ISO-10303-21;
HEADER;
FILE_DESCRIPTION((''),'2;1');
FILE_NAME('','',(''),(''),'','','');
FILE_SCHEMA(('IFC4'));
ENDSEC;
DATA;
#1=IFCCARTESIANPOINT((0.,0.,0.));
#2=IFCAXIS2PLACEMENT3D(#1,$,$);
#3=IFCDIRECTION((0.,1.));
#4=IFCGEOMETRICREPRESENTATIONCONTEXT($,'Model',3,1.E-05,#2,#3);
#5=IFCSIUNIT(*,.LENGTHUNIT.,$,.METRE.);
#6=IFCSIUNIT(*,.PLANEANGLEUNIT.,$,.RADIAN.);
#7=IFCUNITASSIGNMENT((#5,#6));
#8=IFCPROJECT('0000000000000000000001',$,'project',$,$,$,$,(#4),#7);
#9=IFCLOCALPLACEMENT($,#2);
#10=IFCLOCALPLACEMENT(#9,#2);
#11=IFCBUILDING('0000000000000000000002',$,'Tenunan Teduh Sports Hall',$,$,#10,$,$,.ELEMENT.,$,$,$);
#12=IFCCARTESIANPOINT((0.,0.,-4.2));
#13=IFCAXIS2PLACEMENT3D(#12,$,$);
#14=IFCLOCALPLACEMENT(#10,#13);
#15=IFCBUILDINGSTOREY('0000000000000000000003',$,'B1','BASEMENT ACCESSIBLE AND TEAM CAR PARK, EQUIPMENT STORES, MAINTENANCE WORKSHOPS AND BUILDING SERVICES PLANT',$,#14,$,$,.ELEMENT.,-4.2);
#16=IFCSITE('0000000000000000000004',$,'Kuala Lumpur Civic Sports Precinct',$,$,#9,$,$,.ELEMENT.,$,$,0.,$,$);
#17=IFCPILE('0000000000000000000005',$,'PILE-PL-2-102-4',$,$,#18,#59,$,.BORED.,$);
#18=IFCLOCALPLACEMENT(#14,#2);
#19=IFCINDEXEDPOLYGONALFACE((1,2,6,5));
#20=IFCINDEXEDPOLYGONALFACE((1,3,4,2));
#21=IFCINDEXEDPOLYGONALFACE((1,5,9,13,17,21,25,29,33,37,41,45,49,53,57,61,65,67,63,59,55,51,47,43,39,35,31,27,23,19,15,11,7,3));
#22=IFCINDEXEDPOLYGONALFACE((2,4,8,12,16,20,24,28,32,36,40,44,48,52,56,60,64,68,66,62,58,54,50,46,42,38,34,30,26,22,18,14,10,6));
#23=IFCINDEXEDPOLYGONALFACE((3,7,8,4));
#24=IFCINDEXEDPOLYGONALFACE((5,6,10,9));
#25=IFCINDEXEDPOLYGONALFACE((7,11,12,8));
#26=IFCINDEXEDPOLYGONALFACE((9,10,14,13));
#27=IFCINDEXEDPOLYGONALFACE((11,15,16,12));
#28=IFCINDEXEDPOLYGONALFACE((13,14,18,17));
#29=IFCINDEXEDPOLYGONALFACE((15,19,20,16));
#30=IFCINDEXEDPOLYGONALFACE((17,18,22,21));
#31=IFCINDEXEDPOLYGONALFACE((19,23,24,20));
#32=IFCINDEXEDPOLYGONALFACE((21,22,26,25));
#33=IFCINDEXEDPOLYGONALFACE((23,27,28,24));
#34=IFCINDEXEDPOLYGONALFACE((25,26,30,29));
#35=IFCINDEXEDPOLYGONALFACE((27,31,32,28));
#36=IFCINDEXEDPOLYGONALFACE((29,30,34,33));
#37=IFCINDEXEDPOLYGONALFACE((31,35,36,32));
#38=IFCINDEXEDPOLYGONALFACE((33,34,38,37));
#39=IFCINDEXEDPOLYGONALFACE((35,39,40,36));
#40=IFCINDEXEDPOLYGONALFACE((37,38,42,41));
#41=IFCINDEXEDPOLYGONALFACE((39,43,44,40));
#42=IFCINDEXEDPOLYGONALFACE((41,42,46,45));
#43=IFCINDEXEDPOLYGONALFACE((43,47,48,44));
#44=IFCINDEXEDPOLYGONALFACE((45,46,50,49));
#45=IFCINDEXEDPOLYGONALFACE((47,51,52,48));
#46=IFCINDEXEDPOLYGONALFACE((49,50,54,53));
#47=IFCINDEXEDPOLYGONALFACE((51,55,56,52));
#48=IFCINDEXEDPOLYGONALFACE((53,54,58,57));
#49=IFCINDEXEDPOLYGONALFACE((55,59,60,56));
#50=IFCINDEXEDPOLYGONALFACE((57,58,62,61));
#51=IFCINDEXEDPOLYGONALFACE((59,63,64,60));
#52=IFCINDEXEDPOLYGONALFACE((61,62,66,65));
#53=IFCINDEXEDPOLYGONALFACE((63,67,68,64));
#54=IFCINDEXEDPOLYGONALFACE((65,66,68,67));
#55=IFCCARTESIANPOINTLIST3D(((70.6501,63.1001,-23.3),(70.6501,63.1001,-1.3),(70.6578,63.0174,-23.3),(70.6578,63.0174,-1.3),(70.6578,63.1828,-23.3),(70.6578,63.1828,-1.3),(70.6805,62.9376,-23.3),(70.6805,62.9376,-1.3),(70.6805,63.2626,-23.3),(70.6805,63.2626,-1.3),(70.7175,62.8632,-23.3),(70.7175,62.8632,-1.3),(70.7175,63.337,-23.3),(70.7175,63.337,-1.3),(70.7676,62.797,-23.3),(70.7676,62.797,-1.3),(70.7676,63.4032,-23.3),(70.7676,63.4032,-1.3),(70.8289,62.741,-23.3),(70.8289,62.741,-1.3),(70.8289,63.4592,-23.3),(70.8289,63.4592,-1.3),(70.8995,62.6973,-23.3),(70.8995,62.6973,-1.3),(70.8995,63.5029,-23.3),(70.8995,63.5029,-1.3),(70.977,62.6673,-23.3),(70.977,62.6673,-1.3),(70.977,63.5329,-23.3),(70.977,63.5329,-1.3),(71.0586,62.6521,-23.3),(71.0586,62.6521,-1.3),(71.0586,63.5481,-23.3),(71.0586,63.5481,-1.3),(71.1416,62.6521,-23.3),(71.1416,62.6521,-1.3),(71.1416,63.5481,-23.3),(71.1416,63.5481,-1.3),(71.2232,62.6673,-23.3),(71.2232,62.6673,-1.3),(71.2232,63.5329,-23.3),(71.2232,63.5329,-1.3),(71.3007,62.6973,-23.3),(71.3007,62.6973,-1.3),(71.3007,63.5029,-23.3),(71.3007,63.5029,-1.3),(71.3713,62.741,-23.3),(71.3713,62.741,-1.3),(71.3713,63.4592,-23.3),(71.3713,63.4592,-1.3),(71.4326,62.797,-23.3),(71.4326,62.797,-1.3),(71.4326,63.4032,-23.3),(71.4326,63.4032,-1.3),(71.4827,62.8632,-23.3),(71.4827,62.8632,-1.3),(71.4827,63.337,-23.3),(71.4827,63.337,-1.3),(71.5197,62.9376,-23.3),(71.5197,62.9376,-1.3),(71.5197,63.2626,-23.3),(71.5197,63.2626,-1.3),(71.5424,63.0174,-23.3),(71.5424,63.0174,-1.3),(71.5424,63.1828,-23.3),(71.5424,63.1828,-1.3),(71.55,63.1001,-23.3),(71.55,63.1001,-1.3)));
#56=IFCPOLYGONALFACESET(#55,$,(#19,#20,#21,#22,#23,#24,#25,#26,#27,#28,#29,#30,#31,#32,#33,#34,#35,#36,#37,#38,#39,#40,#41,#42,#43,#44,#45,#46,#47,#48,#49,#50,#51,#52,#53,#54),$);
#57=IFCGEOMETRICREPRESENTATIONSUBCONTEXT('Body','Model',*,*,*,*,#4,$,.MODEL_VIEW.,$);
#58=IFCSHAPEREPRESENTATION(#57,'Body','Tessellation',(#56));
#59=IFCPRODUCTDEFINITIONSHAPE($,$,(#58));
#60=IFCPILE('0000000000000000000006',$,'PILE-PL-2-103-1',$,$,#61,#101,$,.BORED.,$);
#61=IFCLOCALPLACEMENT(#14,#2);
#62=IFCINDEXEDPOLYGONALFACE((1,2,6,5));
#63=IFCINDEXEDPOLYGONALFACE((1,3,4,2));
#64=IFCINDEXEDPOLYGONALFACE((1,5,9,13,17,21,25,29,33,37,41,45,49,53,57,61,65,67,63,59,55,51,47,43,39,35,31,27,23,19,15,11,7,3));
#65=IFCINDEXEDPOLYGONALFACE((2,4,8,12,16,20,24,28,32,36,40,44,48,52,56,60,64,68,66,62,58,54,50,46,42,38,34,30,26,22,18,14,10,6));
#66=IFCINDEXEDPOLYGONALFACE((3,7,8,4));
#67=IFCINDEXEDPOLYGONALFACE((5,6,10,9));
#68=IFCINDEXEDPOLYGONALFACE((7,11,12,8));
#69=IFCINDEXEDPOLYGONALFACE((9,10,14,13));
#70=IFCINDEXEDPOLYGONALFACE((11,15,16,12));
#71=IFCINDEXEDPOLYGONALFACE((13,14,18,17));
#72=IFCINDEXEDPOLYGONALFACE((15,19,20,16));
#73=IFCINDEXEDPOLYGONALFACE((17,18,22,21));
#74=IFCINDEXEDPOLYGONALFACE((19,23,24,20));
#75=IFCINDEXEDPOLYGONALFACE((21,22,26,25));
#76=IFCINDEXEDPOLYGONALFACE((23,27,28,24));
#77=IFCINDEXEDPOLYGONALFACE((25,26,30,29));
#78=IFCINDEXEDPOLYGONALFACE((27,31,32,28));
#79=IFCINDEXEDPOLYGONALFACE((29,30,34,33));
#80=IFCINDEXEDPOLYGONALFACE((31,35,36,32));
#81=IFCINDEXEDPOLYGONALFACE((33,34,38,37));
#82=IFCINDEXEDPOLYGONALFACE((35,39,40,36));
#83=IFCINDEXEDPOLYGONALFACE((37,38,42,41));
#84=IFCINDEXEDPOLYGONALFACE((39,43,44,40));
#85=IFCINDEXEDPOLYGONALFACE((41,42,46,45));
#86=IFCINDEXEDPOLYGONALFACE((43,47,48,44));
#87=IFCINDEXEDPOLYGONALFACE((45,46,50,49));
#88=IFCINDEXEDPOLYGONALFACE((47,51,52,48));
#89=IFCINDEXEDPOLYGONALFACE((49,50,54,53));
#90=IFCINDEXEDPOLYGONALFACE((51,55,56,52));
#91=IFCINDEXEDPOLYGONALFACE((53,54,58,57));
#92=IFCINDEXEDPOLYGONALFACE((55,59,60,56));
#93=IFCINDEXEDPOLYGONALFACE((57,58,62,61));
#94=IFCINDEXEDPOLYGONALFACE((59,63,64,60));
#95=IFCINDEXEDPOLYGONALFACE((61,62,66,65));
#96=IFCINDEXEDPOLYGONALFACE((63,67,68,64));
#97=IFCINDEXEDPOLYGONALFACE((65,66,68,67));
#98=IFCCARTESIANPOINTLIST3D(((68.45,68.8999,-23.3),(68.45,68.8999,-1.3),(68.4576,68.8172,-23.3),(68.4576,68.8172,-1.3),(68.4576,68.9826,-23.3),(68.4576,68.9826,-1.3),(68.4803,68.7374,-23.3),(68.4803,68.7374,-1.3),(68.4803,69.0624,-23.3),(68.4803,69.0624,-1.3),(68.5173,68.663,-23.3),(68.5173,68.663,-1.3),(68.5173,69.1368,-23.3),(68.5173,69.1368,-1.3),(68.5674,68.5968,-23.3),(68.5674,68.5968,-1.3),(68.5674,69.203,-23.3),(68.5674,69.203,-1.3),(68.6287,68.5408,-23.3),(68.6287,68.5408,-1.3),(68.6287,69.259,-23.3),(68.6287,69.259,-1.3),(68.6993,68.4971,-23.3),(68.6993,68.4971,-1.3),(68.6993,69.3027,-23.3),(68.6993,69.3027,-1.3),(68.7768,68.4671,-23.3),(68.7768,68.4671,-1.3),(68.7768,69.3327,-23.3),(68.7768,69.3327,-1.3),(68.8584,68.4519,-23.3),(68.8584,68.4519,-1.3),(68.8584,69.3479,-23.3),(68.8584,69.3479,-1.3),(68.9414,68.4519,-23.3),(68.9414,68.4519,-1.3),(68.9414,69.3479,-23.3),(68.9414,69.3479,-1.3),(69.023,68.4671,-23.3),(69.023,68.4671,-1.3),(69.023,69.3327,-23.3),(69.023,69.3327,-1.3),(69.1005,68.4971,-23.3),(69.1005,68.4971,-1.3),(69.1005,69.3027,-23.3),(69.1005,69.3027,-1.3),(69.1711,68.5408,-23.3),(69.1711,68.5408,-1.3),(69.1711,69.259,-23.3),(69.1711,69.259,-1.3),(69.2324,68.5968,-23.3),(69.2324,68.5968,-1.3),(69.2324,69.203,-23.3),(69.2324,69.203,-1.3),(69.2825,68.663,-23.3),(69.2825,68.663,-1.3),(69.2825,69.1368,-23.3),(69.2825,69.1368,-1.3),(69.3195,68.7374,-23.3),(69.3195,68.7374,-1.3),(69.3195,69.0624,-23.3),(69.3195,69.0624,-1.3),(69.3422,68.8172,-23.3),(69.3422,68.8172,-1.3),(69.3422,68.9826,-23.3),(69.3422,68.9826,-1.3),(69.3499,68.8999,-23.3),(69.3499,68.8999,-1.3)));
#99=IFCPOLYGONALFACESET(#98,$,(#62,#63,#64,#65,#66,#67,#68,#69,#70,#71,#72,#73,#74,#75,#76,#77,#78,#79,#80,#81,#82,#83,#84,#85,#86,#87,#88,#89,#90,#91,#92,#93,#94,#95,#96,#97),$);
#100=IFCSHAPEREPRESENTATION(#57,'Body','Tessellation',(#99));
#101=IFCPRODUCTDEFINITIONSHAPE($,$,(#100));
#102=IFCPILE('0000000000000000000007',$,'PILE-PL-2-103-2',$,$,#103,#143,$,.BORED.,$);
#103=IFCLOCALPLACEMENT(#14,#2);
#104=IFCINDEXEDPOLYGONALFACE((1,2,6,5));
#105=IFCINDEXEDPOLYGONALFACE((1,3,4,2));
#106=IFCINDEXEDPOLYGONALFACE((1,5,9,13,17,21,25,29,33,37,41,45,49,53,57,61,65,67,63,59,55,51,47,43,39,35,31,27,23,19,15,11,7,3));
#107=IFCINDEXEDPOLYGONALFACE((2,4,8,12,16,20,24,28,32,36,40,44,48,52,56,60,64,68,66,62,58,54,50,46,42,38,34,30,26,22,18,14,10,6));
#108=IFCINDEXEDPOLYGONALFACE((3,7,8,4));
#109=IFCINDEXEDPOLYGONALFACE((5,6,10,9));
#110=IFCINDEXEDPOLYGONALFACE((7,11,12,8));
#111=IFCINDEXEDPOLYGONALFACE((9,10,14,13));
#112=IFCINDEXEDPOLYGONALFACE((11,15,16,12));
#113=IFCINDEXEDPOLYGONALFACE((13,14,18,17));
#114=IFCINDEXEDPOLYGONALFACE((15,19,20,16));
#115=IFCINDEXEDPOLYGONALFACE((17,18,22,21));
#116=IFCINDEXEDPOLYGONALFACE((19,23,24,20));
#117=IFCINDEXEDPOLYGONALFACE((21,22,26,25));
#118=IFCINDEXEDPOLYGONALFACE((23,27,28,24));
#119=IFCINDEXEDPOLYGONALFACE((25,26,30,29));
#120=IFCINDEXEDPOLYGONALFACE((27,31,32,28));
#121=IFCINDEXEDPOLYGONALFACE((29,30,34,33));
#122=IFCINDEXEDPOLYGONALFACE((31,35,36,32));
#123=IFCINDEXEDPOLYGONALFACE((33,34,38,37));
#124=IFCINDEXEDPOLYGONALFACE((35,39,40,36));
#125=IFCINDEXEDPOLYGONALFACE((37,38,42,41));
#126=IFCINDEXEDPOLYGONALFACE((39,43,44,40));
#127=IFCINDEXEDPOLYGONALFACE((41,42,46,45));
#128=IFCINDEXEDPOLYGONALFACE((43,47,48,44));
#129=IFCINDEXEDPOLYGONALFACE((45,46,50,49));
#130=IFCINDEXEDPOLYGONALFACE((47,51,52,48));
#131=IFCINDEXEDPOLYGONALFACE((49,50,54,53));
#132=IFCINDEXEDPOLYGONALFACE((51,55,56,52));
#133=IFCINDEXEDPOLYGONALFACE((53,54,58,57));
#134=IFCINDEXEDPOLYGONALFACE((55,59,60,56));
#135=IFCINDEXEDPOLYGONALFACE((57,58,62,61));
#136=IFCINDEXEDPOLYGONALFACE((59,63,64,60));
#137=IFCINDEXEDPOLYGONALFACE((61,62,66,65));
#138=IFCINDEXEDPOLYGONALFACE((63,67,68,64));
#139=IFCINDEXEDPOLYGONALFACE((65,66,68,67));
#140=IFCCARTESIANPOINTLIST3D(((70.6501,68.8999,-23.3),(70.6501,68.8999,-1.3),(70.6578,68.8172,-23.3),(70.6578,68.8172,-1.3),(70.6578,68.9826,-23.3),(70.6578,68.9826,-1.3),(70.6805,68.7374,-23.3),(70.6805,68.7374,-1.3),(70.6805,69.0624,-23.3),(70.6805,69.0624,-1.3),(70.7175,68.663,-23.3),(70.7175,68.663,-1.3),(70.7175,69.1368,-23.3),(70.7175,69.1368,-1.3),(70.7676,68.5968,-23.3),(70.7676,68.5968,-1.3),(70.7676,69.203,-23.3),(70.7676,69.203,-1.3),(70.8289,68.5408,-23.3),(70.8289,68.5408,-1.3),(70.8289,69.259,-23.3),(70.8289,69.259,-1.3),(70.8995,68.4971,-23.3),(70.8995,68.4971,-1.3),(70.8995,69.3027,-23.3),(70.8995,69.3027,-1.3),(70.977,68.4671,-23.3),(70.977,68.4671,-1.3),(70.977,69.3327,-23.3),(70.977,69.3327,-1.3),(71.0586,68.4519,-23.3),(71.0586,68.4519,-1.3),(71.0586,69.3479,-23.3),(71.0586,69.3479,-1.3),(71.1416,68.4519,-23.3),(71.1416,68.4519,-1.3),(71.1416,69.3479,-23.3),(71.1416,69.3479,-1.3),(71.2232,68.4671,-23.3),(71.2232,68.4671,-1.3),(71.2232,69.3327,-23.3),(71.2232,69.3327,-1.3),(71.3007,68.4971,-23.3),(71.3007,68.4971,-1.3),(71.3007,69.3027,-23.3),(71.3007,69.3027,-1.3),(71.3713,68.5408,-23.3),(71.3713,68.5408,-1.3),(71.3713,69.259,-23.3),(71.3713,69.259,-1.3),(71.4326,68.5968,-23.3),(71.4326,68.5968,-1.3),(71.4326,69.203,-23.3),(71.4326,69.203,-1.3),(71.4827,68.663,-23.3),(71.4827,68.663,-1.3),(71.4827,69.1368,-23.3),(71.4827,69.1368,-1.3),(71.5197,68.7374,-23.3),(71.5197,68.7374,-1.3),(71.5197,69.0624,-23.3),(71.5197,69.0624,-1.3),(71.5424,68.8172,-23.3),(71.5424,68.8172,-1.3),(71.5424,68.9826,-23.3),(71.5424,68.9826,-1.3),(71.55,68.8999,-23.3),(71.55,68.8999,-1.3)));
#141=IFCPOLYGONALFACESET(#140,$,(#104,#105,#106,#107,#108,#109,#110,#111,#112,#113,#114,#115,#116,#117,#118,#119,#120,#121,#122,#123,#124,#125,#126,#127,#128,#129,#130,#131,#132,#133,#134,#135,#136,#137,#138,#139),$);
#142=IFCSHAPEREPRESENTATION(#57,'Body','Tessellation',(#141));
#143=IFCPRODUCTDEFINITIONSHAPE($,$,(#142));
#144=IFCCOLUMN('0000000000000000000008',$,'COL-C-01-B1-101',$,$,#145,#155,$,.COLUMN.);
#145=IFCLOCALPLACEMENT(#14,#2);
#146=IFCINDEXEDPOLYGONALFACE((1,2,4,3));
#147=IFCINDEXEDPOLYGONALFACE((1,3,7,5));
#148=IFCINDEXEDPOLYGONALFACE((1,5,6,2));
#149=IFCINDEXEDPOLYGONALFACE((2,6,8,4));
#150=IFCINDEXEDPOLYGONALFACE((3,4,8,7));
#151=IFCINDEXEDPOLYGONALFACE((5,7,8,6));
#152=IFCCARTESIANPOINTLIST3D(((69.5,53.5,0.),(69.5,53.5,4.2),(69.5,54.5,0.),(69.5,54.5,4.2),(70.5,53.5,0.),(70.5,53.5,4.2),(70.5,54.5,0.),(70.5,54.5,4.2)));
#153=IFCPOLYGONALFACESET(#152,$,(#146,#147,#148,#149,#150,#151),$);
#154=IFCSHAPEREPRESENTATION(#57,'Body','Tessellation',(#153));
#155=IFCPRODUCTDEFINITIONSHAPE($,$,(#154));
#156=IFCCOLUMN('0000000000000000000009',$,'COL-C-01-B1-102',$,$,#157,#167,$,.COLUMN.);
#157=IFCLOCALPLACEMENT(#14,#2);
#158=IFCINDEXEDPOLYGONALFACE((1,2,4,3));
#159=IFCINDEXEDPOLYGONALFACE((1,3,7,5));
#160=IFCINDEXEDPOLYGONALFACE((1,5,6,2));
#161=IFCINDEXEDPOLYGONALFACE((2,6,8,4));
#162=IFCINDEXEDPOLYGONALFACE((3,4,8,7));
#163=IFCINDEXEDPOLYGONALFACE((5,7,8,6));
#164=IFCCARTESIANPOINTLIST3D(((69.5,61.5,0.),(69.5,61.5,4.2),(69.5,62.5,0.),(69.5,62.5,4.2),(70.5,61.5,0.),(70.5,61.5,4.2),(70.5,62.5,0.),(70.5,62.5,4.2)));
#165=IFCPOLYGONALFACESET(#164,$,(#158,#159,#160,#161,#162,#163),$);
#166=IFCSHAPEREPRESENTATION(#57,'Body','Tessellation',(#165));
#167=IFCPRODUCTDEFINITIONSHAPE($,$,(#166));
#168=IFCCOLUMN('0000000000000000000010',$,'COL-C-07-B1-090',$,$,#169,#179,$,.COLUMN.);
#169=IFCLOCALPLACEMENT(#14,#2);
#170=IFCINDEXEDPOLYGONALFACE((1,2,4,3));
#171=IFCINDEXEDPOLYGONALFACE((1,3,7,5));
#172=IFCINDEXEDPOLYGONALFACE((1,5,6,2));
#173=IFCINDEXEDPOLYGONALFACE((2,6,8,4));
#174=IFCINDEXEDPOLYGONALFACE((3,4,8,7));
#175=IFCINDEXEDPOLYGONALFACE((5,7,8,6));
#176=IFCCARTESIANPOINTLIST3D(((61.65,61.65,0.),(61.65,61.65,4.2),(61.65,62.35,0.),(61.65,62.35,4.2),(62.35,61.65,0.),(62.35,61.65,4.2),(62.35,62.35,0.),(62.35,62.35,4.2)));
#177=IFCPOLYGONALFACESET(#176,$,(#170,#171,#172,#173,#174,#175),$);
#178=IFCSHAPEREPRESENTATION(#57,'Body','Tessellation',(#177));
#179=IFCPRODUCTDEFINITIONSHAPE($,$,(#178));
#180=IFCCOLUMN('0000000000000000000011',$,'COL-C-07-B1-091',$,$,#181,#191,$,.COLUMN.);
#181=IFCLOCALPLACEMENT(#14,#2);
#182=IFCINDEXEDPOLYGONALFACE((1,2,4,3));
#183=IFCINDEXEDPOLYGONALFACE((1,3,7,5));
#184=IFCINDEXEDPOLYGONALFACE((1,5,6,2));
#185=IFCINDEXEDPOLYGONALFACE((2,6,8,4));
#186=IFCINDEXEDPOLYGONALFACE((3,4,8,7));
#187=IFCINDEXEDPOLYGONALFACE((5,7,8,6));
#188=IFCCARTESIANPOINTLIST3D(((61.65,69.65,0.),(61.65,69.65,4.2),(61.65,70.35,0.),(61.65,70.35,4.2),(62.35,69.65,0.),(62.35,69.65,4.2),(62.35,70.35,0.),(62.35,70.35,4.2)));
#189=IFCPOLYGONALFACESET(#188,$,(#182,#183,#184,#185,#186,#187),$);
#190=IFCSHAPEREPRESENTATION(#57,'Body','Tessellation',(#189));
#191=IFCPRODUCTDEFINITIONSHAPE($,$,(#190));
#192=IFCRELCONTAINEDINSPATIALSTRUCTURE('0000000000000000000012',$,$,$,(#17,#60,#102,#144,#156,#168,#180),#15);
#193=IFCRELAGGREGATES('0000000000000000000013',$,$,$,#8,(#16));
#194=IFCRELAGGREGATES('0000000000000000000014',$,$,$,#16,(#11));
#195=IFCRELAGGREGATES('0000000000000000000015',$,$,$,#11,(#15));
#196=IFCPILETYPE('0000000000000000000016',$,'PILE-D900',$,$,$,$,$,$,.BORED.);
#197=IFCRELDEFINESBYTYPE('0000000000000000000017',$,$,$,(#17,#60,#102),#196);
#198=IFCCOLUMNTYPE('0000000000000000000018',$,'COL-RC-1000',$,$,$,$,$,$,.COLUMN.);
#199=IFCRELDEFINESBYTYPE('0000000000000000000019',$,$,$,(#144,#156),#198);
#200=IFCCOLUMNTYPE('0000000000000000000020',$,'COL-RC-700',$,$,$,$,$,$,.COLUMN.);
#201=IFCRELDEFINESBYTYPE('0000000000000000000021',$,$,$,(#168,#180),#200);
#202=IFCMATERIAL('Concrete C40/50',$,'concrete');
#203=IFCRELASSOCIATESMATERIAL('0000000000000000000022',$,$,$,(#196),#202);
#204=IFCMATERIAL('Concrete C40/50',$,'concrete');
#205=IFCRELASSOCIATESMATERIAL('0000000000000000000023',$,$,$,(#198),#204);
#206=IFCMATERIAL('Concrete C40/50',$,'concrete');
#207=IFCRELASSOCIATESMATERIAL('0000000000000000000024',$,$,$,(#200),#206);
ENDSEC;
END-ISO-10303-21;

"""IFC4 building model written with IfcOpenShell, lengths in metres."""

from ifc_helpers import new_model, si_unit, direction, frame, origin, origin_2d, place, context, subcontext, project, spatial, rectangle, circle, extrude, material, material_profile, profile_set, type_object, element, save


model = new_model("IFC4")

# Units and contexts
model_context = context("Model", 3, precision=1e-05, world=origin(), true_north=direction((0.0, 1.0)))
body_context = subcontext(model_context, "Body", "Model", "MODEL_VIEW")
ifc_project = project(units=[si_unit("LENGTHUNIT", "METRE"), si_unit("PLANEANGLEUNIT", "RADIAN")], contexts=[model_context])

# Site, building, storey
site_placement = place(None, origin())
site = spatial("IfcSite", under=ifc_project, at=site_placement, Name="Kuala Lumpur Civic Sports Precinct", CompositionType="ELEMENT", RefElevation=0.0)
building_placement = place(site_placement, origin())
building = spatial("IfcBuilding", under=site, at=building_placement, Name="Tenunan Teduh Sports Hall", CompositionType="ELEMENT")
storey_placement = place(building_placement, frame((0.0, 0.0, -4.2)))
storey = spatial("IfcBuildingStorey", under=building, at=storey_placement, Name="B1", Description="BASEMENT ACCESSIBLE AND TEAM CAR PARK, EQUIPMENT STORES, MAINTENANCE WORKSHOPS AND BUILDING SERVICES PLANT", CompositionType="ELEMENT", Elevation=-4.2)

# Piles
ifc_material_1 = material(Name="Concrete C40/50", Category="concrete")
ifc_material_profile_1 = material_profile(ifc_material_1, circle(Radius=0.45, at=origin_2d()), Name="PILE D900")
ifc_profile_set_1 = profile_set([ifc_material_profile_1], Name="Concrete C40/50")
pile_type = type_object("IfcPileType", Name="PILE-D900", PredefinedType="BORED", material=ifc_profile_set_1)
for number, where, z_axis, x_axis, name in (
    (1, (71.1001, 63.1001, -1.3), (0.0, 0.0, -1.0), (1.0, 0.0, 0.0), "PILE-PL-2-102-4"),
    (2, (68.8999, 68.8999, -1.3), (0.0, 0.0, -1.0), (1.0, 0.0, 0.0), "PILE-PL-2-103-1"),
    (3, (71.1001, 68.8999, -1.3), (0.0, 0.0, -1.0), (1.0, 0.0, 0.0), "PILE-PL-2-103-2"),
):
    element("IfcPile", number, at=place(storey_placement, frame(where, z_axis=z_axis, x_axis=x_axis)), inside=storey, type_object=pile_type, Name=name, PredefinedType="BORED", context=body_context, shape_type="SweptSolid", body=[
        extrude(circle(Radius=0.45, at=origin_2d()), origin(), (0.0, 0.0, 1.0), 22.0),
    ])

# Columns
ifc_material_2 = material(Name="Concrete C40/50", Category="concrete")
ifc_material_profile_2 = material_profile(ifc_material_2, rectangle(XDim=1.0, YDim=1.0, at=origin_2d()), Name="RC 1000x1000")
ifc_profile_set_2 = profile_set([ifc_material_profile_2], Name="Concrete C40/50")
column_type_1 = type_object("IfcColumnType", Name="COL-RC-1000", PredefinedType="COLUMN", material=ifc_profile_set_2)
for number, where, z_axis, x_axis, name in (
    (4, (70.0, 54.0, 0.0), (0.0, 0.0, 1.0), (1.0, 0.0, 0.0), "COL-C-01-B1-101"),
    (5, (70.0, 62.0, 0.0), (0.0, 0.0, 1.0), (1.0, 0.0, 0.0), "COL-C-01-B1-102"),
):
    element("IfcColumn", number, at=place(storey_placement, frame(where, z_axis=z_axis, x_axis=x_axis)), inside=storey, type_object=column_type_1, Name=name, PredefinedType="COLUMN", context=body_context, shape_type="SweptSolid", body=[
        extrude(rectangle(XDim=1.0, YDim=1.0, at=origin_2d()), origin(), (0.0, 0.0, 1.0), 4.2),
    ])
ifc_material_3 = material(Name="Concrete C40/50", Category="concrete")
ifc_material_profile_3 = material_profile(ifc_material_3, rectangle(XDim=0.7, YDim=0.7, at=origin_2d()), Name="RC 700x700")
ifc_profile_set_3 = profile_set([ifc_material_profile_3], Name="Concrete C40/50")
column_type_2 = type_object("IfcColumnType", Name="COL-RC-700", PredefinedType="COLUMN", material=ifc_profile_set_3)
for number, where, z_axis, x_axis, name in (
    (6, (62.0, 62.0, 0.0), (0.0, 0.0, 1.0), (1.0, 0.0, 0.0), "COL-C-07-B1-090"),
    (7, (62.0, 70.0, 0.0), (0.0, 0.0, 1.0), (1.0, 0.0, 0.0), "COL-C-07-B1-091"),
):
    element("IfcColumn", number, at=place(storey_placement, frame(where, z_axis=z_axis, x_axis=x_axis)), inside=storey, type_object=column_type_2, Name=name, PredefinedType="COLUMN", context=body_context, shape_type="SweptSolid", body=[
        extrude(rectangle(XDim=0.7, YDim=0.7, at=origin_2d()), origin(), (0.0, 0.0, 1.0), 4.2),
    ])

save(model, "model.ifc")
